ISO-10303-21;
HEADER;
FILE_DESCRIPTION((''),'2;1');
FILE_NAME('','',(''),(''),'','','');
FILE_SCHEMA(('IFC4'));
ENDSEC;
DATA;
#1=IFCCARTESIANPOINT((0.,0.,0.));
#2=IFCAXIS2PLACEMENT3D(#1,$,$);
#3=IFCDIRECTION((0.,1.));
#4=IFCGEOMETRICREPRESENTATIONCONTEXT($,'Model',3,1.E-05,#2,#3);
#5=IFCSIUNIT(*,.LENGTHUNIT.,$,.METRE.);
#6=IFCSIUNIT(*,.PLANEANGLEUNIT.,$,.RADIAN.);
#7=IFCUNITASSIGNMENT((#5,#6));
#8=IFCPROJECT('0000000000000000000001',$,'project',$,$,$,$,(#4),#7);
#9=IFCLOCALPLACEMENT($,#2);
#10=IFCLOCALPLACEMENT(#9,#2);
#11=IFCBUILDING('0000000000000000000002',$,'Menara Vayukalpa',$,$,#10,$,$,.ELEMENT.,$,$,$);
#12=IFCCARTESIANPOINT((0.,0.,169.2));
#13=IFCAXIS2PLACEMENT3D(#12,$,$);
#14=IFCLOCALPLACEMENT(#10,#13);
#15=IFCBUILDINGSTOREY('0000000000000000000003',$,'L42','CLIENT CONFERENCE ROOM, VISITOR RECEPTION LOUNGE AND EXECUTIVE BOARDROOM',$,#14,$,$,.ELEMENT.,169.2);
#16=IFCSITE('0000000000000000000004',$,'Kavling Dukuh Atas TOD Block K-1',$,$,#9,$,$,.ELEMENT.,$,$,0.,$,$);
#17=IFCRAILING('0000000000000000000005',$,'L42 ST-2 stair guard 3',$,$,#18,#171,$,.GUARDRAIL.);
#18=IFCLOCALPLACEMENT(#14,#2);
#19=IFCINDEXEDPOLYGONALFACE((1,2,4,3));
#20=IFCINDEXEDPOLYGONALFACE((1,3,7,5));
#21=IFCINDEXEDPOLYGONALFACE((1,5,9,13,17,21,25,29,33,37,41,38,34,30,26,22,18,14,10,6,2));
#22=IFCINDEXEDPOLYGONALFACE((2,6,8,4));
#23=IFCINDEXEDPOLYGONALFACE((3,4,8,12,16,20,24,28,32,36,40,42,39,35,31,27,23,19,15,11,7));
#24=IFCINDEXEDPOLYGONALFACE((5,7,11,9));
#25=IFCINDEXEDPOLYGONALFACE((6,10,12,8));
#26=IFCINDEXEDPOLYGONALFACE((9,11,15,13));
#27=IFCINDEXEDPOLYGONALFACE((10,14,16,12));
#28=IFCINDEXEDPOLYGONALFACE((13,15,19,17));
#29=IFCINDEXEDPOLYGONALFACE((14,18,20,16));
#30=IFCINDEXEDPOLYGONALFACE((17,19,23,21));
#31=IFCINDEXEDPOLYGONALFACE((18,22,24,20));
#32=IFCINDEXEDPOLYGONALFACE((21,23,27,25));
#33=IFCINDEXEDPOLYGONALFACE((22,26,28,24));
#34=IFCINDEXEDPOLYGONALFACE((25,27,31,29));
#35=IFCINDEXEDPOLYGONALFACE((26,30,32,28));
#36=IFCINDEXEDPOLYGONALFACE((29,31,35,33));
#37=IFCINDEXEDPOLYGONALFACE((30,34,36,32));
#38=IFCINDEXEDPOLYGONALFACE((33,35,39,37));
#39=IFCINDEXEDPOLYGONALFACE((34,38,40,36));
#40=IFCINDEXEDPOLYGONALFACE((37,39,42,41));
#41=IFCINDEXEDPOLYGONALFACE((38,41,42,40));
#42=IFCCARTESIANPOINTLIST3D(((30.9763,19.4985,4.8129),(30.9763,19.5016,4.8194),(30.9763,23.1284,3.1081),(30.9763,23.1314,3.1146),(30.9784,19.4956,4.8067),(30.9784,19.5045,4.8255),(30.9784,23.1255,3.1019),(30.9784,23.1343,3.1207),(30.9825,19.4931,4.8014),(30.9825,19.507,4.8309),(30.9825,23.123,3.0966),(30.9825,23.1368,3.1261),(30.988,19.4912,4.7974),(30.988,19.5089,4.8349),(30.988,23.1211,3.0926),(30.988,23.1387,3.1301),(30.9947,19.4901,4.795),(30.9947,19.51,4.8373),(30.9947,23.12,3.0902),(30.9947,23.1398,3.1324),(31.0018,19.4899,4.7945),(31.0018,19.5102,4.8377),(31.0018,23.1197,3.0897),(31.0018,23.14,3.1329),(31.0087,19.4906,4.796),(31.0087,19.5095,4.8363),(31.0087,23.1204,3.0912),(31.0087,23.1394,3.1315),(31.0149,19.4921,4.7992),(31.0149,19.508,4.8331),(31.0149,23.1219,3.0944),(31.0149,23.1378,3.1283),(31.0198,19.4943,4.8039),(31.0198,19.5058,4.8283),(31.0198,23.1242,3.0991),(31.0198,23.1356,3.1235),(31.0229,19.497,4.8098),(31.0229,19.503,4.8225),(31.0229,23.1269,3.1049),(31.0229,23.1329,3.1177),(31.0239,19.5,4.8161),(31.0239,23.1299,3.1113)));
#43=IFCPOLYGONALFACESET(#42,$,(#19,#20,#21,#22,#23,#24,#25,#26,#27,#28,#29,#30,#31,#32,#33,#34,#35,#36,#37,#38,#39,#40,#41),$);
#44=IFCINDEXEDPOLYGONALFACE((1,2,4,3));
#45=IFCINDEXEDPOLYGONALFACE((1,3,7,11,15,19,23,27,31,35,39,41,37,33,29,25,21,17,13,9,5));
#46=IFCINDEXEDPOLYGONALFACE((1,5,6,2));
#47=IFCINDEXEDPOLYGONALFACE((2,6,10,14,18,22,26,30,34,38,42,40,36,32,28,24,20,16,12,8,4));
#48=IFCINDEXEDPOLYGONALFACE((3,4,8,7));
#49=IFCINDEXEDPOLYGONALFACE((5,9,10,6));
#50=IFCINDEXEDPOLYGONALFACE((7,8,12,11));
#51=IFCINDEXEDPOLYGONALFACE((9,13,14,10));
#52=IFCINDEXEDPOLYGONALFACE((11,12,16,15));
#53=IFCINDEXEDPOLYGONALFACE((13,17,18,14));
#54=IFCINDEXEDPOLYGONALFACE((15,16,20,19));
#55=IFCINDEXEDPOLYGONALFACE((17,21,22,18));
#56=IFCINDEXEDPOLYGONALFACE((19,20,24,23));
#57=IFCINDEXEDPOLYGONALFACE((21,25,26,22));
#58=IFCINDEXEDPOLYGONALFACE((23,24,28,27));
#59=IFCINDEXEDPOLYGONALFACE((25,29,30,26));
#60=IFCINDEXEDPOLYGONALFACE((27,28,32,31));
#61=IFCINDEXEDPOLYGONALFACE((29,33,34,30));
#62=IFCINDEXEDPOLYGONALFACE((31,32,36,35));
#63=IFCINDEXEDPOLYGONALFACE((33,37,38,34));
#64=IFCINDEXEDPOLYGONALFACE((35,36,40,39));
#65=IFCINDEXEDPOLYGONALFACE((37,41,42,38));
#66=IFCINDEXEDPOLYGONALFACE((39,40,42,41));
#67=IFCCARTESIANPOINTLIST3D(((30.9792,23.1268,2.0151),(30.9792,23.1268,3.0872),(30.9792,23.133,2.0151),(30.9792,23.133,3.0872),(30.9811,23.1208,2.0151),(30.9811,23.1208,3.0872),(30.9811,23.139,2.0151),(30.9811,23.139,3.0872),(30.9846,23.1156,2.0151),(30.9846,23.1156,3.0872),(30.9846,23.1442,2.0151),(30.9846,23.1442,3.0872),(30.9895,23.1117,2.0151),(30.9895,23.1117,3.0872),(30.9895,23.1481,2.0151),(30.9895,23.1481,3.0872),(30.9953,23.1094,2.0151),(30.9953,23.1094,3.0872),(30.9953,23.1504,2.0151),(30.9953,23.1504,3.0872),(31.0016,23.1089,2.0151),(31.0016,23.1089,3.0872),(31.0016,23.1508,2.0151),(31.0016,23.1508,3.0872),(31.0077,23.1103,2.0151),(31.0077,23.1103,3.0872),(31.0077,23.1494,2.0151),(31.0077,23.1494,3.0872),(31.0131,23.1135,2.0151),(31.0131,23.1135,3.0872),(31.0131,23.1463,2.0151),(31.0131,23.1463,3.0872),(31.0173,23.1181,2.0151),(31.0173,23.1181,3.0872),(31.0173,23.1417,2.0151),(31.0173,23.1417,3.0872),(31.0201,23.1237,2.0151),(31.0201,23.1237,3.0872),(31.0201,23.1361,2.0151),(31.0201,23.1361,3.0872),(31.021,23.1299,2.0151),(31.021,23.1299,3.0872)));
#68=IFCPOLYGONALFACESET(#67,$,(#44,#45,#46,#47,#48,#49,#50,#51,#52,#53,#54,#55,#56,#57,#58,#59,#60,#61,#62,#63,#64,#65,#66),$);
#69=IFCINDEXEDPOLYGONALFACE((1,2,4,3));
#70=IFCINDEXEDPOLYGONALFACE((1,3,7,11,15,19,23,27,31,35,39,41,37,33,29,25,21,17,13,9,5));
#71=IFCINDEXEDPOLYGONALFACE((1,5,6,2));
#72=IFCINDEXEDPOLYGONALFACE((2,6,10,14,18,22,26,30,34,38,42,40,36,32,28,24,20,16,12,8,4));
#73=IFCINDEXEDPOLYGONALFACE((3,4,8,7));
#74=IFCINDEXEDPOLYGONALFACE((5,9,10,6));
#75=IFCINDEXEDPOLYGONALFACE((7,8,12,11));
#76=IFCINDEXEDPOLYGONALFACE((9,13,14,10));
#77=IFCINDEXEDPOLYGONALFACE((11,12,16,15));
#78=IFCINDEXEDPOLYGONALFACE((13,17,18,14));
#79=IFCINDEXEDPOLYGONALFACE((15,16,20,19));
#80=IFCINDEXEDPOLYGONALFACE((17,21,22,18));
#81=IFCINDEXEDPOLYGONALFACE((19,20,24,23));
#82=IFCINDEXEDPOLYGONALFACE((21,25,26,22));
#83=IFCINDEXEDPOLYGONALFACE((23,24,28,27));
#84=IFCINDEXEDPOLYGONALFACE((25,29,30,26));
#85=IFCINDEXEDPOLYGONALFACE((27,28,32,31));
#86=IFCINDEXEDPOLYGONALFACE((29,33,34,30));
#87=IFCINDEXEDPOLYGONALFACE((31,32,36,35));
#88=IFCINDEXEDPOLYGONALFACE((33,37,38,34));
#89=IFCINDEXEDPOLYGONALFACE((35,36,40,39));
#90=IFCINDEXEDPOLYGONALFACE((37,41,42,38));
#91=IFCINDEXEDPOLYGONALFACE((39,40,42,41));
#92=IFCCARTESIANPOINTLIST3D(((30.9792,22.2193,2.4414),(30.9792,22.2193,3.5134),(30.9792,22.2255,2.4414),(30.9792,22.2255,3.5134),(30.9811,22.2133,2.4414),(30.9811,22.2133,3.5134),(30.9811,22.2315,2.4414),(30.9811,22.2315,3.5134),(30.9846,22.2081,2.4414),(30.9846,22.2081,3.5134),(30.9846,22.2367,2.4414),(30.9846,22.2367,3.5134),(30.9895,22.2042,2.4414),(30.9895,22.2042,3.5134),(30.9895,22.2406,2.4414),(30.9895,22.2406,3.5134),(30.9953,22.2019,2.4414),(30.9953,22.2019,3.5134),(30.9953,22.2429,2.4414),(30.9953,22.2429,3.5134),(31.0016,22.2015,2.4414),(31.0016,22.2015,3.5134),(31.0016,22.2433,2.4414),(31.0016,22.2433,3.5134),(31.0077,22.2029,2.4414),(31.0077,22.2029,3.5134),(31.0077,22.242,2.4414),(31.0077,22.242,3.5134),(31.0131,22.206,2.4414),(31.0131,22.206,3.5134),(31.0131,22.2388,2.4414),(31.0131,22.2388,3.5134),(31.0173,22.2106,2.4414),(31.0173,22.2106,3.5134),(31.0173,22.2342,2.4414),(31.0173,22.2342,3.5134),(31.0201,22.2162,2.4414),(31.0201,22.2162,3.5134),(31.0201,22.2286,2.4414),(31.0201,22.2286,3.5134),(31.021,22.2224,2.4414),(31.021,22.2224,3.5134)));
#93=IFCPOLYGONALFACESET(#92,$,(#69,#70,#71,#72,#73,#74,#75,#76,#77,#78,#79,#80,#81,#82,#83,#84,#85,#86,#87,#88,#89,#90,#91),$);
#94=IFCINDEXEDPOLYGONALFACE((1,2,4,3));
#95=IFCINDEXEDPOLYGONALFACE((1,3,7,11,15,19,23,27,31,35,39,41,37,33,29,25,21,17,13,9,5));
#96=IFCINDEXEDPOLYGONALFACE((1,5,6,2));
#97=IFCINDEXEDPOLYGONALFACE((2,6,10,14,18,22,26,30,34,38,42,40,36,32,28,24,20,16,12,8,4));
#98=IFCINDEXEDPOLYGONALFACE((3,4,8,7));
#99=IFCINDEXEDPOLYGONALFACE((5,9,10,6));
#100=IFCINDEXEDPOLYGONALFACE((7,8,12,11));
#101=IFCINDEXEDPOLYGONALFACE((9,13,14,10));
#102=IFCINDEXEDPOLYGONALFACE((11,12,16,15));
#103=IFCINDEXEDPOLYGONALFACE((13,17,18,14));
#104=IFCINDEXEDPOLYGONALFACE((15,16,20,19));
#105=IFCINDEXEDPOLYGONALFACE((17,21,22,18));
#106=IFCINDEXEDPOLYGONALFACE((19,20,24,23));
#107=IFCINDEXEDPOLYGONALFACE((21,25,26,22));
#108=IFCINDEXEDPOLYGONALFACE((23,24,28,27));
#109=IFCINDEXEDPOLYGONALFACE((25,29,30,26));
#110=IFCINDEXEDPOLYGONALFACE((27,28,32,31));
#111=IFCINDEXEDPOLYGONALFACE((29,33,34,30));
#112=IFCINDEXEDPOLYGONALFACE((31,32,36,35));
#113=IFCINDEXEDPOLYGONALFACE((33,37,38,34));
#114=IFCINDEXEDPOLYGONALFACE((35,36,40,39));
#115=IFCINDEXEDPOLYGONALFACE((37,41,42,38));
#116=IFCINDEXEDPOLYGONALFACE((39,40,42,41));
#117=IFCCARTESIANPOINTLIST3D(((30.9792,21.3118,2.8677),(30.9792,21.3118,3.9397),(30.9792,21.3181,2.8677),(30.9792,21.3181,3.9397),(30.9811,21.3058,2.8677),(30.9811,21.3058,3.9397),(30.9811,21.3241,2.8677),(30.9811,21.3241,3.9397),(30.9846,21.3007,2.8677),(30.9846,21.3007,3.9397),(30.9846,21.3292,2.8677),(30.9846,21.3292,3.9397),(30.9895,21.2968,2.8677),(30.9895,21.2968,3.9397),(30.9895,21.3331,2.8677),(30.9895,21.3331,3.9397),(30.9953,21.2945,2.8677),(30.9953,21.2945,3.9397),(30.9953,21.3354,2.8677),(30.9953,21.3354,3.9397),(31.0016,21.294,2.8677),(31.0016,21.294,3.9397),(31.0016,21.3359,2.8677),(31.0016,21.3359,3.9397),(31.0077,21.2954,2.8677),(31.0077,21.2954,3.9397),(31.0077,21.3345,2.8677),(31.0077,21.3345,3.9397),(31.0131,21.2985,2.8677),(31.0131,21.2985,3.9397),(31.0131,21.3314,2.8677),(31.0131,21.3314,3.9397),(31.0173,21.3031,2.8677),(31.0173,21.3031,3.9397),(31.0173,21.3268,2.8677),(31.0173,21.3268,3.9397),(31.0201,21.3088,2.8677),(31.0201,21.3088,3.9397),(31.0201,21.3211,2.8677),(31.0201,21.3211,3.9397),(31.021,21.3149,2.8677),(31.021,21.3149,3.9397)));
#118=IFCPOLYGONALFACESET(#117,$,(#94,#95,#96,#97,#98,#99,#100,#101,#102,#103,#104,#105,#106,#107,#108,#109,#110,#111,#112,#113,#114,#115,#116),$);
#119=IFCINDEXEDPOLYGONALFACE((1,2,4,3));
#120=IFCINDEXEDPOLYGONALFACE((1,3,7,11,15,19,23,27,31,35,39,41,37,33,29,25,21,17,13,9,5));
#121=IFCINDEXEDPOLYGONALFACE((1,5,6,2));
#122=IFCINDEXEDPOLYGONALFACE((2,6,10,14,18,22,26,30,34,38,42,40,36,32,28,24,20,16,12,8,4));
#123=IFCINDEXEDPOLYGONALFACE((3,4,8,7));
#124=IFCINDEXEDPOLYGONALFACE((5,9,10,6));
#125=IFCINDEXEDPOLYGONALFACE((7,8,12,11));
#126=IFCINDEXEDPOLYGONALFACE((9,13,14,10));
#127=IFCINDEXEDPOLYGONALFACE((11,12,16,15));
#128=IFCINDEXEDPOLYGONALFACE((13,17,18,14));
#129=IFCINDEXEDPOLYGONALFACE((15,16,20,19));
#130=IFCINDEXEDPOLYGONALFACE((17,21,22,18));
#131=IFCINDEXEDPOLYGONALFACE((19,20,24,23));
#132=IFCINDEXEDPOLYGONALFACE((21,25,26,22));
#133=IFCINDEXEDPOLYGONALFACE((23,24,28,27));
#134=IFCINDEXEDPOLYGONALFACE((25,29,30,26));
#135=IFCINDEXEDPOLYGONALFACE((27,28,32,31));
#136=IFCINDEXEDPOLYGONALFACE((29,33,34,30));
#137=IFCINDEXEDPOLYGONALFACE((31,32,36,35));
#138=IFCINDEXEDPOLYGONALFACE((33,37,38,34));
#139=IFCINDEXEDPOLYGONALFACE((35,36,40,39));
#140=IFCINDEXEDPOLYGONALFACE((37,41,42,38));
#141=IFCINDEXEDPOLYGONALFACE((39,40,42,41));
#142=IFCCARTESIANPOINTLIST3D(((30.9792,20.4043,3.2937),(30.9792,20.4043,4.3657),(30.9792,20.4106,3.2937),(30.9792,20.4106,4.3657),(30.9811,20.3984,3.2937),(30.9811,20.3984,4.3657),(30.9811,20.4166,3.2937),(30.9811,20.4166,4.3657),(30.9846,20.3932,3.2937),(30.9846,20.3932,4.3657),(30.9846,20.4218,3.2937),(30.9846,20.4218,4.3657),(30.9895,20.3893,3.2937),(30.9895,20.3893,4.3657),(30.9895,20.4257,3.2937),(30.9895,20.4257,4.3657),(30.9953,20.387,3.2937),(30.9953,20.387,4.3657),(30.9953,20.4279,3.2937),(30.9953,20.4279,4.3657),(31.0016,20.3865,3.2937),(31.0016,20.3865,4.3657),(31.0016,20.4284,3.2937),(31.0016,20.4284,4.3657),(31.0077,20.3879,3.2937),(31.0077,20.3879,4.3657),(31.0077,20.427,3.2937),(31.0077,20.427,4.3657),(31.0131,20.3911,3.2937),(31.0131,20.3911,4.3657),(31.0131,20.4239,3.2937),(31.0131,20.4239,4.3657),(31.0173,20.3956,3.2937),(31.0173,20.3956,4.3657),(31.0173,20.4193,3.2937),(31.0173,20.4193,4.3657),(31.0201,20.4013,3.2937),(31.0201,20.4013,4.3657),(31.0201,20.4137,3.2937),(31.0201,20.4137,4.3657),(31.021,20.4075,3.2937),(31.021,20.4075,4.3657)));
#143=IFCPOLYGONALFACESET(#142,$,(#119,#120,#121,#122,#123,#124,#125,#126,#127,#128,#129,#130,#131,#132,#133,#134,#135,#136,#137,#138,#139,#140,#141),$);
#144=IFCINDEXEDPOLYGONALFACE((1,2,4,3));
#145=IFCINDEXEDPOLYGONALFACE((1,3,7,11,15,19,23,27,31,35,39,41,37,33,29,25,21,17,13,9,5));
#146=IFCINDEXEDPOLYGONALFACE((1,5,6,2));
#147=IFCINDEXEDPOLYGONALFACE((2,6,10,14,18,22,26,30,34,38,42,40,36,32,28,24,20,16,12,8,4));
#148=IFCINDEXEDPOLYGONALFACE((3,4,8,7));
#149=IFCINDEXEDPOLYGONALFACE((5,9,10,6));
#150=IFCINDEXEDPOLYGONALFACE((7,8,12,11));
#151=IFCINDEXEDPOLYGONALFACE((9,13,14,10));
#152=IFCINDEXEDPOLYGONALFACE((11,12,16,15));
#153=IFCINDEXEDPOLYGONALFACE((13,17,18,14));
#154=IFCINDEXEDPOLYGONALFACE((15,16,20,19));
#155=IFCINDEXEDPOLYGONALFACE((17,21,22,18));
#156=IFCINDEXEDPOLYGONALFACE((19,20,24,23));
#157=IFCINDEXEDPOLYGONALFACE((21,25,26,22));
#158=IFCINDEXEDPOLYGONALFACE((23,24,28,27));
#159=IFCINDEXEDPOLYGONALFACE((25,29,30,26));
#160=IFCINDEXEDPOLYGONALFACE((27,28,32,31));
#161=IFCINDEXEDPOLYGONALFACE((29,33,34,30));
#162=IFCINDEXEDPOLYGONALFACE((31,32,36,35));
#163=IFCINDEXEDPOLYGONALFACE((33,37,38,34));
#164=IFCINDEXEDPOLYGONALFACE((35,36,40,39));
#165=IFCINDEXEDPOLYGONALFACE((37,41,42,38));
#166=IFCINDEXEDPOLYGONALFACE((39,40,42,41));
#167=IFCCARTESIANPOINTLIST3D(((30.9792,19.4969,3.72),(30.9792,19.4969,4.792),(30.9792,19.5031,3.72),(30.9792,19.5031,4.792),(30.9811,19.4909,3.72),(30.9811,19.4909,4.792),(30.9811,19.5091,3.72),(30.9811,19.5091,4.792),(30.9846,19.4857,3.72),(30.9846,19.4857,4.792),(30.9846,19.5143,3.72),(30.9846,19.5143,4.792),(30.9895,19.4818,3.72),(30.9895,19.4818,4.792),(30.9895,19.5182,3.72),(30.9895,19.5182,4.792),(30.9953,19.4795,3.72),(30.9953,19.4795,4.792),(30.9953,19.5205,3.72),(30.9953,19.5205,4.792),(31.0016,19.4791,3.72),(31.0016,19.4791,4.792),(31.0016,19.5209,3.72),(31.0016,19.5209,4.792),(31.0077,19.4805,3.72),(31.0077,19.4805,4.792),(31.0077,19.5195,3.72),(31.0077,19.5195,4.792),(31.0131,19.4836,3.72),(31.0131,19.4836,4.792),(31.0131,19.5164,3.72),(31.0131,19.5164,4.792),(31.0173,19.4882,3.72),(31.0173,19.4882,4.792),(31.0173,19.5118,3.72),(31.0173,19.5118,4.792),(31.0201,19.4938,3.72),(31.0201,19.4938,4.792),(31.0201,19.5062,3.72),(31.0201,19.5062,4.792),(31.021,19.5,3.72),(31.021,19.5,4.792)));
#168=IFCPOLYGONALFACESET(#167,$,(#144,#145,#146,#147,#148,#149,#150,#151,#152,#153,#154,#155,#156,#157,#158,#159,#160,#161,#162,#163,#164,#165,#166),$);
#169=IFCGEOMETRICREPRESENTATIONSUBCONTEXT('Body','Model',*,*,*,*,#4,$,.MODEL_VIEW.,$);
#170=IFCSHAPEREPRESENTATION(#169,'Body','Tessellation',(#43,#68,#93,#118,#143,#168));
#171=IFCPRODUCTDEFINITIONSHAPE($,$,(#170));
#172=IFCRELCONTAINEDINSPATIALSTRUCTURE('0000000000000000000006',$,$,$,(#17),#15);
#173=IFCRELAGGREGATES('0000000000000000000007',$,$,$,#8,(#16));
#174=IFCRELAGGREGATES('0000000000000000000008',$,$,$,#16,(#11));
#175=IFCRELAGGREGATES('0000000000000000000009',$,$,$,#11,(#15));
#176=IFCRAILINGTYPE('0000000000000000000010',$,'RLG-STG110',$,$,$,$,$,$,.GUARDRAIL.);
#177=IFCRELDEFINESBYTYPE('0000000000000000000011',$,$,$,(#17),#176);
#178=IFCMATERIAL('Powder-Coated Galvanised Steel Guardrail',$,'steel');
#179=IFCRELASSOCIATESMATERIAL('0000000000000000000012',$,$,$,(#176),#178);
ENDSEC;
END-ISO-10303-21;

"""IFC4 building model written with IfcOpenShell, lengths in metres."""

from ifc_helpers import new_model, si_unit, direction, frame, origin, origin_2d, place, context, subcontext, project, spatial, circle, extrude, material, type_object, element, save


model = new_model("IFC4")

# Units and contexts
model_context = context("Model", 3, precision=1e-05, world=origin(), true_north=direction((0.0, 1.0)))
body_context = subcontext(model_context, "Body", "Model", "MODEL_VIEW")
ifc_project = project(units=[si_unit("LENGTHUNIT", "METRE"), si_unit("PLANEANGLEUNIT", "RADIAN")], contexts=[model_context])

# Site, building, storey
site_placement = place(None, origin())
site = spatial("IfcSite", under=ifc_project, at=site_placement, Name="Kavling Dukuh Atas TOD Block K-1", CompositionType="ELEMENT", RefElevation=0.0)
building_placement = place(site_placement, origin())
building = spatial("IfcBuilding", under=site, at=building_placement, Name="Menara Vayukalpa", CompositionType="ELEMENT")
storey_placement = place(building_placement, frame((0.0, 0.0, 169.2)))
storey = spatial("IfcBuildingStorey", under=building, at=storey_placement, Name="L42", Description="CLIENT CONFERENCE ROOM, VISITOR RECEPTION LOUNGE AND EXECUTIVE BOARDROOM", CompositionType="ELEMENT", Elevation=169.2)

# Railing
ifc_material_1 = material(Name="Powder-Coated Galvanised Steel Guardrail", Category="steel")
railing_type_1 = type_object("IfcRailingType", Name="RLG-STG110", PredefinedType="GUARDRAIL", material=ifc_material_1)
railing_1_placement = place(storey_placement, frame((31.0, 23.1299, 2.0151)))
element("IfcRailing", 1, at=railing_1_placement, inside=storey, type_object=railing_type_1, Name="L42 ST-2 stair guard 3", PredefinedType="GUARDRAIL", context=body_context, shape_type="SweptSolid", body=[
    extrude(circle(Radius=0.0239, at=origin_2d()), frame((0.0, 0.0, 1.0962), z_axis=(0.0, -0.90514, 0.425114), x_axis=(1.0, 0.0, 0.0)), (0.0, 0.0, 1.0), 4.0103),
    extrude(circle(Radius=0.021, at=origin_2d()), origin(), (0.0, 0.0, 1.0), 1.072),
    extrude(circle(Radius=0.021, at=origin_2d()), frame((0.0, -0.9075, 0.4263)), (0.0, 0.0, 1.0), 1.072),
    extrude(circle(Radius=0.021, at=origin_2d()), frame((0.0, -1.8149, 0.8525)), (0.0, 0.0, 1.0), 1.072),
    extrude(circle(Radius=0.021, at=origin_2d()), frame((0.0, -2.7224, 1.2786)), (0.0, 0.0, 1.0), 1.072),
    extrude(circle(Radius=0.021, at=origin_2d()), frame((0.0, -3.6299, 1.7048)), (0.0, 0.0, 1.0), 1.072),
])

save(model, "model.ifc")
